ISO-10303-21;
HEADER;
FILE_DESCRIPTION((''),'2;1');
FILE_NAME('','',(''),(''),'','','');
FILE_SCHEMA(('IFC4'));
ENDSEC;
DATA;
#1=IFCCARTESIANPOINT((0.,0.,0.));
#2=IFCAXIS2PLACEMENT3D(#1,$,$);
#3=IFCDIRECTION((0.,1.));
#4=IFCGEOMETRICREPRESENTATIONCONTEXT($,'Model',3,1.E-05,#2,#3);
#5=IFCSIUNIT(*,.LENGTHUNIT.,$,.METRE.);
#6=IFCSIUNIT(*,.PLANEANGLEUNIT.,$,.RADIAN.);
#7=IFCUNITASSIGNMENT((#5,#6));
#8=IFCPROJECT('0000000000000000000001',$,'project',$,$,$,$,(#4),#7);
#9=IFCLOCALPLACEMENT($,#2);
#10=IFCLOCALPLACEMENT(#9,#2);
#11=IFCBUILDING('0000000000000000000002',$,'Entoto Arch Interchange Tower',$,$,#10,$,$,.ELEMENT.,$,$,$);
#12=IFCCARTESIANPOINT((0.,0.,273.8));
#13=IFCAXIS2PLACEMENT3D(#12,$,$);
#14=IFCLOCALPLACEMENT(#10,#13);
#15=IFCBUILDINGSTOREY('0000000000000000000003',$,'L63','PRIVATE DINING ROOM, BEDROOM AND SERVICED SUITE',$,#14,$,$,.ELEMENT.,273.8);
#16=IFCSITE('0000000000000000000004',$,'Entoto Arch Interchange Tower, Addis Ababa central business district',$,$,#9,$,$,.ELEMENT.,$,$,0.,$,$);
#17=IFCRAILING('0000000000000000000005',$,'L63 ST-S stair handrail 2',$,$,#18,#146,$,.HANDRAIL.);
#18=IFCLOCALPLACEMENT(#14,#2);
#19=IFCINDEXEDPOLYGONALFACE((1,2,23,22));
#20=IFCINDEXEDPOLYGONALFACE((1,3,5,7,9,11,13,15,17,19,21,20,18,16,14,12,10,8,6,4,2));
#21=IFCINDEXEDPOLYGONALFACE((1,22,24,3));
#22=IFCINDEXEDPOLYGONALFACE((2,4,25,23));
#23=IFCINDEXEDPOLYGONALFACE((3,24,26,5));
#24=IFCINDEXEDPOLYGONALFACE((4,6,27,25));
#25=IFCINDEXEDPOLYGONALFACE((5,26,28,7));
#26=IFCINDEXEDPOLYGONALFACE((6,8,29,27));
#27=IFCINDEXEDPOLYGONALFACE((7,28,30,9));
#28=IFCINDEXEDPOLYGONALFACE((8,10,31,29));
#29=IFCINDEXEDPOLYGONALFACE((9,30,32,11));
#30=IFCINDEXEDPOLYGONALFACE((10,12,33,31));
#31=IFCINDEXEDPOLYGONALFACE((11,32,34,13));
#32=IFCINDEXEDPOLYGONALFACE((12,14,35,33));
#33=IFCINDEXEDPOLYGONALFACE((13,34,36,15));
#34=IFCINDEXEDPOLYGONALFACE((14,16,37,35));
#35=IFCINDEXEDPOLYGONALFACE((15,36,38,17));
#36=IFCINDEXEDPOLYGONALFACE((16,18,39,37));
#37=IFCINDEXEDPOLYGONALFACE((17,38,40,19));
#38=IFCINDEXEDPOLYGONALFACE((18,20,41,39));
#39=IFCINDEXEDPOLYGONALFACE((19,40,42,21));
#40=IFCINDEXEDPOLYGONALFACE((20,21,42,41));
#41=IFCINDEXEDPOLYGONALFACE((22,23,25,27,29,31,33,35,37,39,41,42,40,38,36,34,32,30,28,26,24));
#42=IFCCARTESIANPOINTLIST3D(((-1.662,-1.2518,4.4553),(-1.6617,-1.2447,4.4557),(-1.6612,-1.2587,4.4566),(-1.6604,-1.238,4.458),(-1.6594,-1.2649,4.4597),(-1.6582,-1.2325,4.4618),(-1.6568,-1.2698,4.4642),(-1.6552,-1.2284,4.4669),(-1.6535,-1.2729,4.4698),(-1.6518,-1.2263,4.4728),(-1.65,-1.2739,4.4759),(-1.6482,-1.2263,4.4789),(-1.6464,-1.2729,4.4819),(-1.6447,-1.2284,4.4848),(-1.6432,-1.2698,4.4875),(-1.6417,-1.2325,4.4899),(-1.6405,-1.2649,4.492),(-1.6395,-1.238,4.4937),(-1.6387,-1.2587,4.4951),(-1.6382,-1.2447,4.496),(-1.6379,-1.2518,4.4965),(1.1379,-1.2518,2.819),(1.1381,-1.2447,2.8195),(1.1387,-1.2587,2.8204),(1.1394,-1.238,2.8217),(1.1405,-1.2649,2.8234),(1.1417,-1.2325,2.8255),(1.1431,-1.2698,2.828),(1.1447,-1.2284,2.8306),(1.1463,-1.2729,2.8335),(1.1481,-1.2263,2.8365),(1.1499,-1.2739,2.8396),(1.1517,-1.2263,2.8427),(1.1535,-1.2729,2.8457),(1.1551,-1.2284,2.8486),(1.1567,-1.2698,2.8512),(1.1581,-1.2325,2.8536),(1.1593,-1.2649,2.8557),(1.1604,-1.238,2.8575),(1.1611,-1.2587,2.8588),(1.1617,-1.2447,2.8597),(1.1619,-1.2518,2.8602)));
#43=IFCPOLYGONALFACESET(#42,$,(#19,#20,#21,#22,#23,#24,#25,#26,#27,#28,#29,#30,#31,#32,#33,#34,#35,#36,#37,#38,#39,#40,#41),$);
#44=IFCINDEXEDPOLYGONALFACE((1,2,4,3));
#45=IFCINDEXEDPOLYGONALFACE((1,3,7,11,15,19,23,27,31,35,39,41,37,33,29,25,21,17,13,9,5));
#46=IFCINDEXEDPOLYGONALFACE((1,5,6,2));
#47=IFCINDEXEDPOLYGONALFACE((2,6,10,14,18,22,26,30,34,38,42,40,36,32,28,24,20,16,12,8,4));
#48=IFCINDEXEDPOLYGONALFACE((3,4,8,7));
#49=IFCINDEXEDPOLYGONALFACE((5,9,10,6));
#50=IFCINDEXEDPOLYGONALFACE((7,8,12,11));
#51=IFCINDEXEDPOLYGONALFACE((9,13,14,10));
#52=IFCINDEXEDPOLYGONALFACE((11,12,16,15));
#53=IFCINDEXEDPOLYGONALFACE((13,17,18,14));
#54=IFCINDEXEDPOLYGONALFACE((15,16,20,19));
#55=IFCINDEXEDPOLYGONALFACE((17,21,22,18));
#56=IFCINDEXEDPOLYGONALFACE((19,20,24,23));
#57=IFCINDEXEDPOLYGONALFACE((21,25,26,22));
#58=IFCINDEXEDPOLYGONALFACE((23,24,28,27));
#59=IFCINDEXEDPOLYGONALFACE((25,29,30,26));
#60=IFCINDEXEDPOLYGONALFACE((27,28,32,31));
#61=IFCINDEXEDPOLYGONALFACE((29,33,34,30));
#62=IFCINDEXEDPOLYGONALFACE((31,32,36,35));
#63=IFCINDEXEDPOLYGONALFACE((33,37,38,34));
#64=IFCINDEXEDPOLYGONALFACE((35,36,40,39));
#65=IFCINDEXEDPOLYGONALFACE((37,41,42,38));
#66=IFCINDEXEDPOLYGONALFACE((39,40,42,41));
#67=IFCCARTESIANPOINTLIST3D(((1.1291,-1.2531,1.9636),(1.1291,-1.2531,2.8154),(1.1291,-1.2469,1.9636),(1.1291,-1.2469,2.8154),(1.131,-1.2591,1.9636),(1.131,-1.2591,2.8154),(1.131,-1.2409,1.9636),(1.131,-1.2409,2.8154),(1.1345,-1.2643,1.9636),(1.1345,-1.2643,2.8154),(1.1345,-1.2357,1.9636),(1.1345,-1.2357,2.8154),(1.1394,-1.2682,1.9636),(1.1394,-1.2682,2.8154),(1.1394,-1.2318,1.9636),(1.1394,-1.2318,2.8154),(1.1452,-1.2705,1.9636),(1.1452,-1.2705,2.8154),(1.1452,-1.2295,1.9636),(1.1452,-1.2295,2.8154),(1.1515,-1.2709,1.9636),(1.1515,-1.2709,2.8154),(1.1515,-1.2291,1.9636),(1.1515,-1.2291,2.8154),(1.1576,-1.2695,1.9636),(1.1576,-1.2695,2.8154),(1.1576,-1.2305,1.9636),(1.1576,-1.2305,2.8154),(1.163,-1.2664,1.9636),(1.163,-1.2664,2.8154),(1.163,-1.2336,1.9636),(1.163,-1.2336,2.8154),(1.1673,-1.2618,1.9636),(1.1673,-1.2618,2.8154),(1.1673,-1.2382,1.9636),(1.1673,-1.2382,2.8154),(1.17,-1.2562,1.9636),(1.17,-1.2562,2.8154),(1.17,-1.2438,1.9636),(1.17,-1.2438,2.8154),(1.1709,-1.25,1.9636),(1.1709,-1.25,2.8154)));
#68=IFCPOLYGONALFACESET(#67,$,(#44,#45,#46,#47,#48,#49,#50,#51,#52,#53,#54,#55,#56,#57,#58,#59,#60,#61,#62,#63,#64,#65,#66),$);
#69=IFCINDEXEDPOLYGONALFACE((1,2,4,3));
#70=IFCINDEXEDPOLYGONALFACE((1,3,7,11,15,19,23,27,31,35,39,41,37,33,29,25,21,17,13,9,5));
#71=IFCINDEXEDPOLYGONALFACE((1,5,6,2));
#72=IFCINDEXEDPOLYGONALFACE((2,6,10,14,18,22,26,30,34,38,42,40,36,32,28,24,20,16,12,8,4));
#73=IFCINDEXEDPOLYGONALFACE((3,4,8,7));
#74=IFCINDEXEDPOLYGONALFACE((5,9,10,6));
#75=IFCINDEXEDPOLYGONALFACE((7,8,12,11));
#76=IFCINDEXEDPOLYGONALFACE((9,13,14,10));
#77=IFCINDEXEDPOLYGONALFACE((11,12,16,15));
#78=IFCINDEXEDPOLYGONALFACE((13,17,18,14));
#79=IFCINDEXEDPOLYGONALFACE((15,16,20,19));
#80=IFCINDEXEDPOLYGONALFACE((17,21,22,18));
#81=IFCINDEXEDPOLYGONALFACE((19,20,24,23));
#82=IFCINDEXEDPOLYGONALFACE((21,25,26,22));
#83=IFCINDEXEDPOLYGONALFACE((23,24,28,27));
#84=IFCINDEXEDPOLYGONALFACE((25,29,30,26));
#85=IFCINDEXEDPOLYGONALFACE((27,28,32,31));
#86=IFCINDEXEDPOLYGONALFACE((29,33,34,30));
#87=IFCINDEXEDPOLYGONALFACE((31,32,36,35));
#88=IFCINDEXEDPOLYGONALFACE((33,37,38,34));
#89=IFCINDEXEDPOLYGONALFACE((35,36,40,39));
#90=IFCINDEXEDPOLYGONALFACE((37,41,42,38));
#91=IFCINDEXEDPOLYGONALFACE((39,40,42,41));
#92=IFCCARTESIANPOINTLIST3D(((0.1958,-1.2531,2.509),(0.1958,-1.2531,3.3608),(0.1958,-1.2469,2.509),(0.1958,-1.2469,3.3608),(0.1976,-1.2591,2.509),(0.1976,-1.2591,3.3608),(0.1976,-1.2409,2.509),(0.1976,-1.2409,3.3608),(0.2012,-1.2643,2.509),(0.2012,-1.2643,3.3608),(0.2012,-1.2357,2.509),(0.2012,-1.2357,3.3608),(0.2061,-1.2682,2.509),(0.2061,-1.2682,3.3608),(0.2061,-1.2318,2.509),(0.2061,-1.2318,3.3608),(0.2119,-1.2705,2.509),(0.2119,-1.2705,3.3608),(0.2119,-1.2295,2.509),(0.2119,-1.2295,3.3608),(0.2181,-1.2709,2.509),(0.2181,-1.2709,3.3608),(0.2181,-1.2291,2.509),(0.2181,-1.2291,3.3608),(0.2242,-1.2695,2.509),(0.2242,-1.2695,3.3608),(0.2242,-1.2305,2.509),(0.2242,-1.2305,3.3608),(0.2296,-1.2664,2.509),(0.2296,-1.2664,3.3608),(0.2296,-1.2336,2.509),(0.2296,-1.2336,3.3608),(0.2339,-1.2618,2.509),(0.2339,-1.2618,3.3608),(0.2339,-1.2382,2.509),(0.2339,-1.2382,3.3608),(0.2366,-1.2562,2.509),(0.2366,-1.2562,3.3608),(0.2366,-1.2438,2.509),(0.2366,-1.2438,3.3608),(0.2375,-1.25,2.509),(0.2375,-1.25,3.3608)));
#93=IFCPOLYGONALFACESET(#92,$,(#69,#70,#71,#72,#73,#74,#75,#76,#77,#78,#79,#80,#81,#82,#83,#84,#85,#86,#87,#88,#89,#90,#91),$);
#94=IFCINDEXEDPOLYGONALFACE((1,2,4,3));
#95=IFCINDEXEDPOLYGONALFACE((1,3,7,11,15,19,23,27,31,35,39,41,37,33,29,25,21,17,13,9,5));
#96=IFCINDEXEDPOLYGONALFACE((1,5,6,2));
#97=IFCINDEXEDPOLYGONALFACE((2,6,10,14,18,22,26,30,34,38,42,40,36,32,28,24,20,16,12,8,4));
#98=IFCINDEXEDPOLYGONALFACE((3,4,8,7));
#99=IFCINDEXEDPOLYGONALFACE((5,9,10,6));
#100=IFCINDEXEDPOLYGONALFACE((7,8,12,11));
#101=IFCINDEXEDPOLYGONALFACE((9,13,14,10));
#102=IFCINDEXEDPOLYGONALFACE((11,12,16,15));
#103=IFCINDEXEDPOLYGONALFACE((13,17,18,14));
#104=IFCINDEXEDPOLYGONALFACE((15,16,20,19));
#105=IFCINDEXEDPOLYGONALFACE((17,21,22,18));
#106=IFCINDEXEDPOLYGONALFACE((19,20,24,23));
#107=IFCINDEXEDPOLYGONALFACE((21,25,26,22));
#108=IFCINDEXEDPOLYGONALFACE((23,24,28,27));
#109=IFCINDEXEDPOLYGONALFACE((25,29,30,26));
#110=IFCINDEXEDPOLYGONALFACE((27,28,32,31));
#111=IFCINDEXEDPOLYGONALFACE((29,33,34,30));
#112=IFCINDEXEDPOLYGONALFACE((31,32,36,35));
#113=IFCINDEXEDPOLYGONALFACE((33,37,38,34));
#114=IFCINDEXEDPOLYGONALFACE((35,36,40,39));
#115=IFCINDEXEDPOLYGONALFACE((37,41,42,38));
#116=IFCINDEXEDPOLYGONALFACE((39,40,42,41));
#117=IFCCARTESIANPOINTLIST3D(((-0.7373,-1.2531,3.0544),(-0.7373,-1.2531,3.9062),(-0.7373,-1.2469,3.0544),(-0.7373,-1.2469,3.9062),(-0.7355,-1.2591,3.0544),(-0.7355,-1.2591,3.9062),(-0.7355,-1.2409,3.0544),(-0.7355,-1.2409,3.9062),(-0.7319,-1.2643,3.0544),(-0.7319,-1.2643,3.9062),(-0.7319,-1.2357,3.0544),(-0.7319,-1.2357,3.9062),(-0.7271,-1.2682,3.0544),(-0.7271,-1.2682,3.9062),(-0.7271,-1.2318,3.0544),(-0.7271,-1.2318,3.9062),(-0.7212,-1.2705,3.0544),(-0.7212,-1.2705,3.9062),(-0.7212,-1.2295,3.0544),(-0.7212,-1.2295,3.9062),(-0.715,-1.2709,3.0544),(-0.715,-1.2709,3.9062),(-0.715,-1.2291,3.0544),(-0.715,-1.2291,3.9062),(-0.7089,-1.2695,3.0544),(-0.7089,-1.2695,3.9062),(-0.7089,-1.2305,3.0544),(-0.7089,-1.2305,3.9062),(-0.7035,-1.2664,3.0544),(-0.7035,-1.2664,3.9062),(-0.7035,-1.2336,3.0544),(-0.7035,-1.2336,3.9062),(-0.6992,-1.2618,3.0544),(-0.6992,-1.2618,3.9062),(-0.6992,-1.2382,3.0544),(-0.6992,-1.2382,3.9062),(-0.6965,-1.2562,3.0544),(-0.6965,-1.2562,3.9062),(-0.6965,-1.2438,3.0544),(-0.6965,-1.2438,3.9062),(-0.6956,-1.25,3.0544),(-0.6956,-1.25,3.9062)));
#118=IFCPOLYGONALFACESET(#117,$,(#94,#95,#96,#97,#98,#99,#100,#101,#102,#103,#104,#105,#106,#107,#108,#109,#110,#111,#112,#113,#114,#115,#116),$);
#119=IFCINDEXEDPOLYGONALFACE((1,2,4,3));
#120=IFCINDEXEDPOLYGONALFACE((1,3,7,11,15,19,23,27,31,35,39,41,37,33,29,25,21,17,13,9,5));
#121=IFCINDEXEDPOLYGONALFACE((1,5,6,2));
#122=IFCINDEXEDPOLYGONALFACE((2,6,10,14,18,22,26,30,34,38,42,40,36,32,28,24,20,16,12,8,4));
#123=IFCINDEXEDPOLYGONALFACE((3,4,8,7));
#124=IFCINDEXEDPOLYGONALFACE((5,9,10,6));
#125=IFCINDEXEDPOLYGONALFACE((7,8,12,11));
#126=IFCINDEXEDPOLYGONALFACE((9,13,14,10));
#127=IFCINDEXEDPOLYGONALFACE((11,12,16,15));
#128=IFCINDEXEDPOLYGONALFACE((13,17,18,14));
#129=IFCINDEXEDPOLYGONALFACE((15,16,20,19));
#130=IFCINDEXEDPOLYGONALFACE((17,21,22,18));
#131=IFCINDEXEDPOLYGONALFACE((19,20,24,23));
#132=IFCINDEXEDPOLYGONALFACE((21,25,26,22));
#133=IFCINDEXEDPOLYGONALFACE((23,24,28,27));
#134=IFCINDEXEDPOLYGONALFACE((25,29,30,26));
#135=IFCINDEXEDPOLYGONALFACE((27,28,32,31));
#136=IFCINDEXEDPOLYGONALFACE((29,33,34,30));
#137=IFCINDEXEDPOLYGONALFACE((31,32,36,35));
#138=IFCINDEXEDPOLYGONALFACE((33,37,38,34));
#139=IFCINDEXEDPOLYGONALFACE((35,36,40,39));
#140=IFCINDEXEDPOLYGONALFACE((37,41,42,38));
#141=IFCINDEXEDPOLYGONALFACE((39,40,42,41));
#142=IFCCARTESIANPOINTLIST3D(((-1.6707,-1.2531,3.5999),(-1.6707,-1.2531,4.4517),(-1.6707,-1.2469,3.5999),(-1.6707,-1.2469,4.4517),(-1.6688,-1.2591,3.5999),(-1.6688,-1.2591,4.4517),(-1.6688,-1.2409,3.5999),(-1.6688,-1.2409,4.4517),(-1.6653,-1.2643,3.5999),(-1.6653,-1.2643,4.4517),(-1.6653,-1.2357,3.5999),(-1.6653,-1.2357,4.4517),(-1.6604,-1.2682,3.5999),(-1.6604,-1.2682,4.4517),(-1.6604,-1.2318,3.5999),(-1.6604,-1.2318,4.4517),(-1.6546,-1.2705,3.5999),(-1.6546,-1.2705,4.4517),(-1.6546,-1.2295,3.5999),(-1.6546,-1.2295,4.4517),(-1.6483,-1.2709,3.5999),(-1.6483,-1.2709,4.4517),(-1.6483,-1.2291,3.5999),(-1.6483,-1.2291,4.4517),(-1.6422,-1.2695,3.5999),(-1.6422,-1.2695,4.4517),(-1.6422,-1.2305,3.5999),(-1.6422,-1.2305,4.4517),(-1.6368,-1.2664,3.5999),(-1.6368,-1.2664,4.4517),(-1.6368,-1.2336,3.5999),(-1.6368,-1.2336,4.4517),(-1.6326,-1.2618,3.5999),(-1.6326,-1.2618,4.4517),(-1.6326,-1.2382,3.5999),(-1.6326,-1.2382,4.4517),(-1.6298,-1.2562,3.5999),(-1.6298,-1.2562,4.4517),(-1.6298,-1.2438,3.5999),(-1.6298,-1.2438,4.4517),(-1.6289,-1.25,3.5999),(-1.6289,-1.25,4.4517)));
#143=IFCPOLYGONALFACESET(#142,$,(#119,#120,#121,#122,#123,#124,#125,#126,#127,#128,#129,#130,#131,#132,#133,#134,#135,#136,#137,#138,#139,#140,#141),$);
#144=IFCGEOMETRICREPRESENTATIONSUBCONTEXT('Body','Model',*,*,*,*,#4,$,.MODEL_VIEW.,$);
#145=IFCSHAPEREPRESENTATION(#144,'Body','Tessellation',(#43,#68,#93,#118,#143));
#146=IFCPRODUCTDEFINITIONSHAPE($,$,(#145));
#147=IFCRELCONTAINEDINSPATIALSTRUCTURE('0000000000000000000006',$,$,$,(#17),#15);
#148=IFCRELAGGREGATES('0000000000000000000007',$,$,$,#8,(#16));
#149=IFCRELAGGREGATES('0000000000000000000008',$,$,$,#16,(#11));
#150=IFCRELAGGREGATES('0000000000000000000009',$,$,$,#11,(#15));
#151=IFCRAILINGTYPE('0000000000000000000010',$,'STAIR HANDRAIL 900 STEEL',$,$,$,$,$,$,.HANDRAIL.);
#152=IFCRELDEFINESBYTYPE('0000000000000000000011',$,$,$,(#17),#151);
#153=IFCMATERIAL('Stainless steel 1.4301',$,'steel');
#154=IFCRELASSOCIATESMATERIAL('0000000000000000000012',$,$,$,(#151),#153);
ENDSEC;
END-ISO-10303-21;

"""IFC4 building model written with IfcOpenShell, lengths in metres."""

from ifc_helpers import new_model, si_unit, direction, frame, origin, origin_2d, place, context, subcontext, project, spatial, circle, extrude, material, type_object, element, save


model = new_model("IFC4")

# Units and contexts
model_context = context("Model", 3, precision=1e-05, world=origin(), true_north=direction((0.0, 1.0)))
body_context = subcontext(model_context, "Body", "Model", "MODEL_VIEW")
ifc_project = project(units=[si_unit("LENGTHUNIT", "METRE"), si_unit("PLANEANGLEUNIT", "RADIAN")], contexts=[model_context])

# Site, building, storey
site_placement = place(None, origin())
site = spatial("IfcSite", under=ifc_project, at=site_placement, Name="Entoto Arch Interchange Tower, Addis Ababa central business district", CompositionType="ELEMENT", RefElevation=0.0)
building_placement = place(site_placement, origin())
building = spatial("IfcBuilding", under=site, at=building_placement, Name="Entoto Arch Interchange Tower", CompositionType="ELEMENT")
storey_placement = place(building_placement, frame((0.0, 0.0, 273.8)))
storey = spatial("IfcBuildingStorey", under=building, at=storey_placement, Name="L63", Description="PRIVATE DINING ROOM, BEDROOM AND SERVICED SUITE", CompositionType="ELEMENT", Elevation=273.8)

# Railing
ifc_material_1 = material(Name="Stainless steel 1.4301", Category="steel")
railing_type_1 = type_object("IfcRailingType", Name="STAIR HANDRAIL 900 STEEL", PredefinedType="HANDRAIL", material=ifc_material_1)
railing_1_placement = place(storey_placement, frame((1.1499, -1.25, 1.9636)))
element("IfcRailing", 1, at=railing_1_placement, inside=storey, type_object=railing_type_1, Name="L63 ST-S stair handrail 2", PredefinedType="HANDRAIL", context=body_context, shape_type="SweptSolid", body=[
    extrude(circle(Radius=0.0239, at=origin_2d()), frame((0.0, 0.0, 0.876), z_axis=(-0.863374, 0.0, 0.504564), x_axis=(0.0, -1.0, 0.0)), (0.0, 0.0, 1.0), 3.2429),
    extrude(circle(Radius=0.021, at=origin_2d()), origin(), (0.0, 0.0, 1.0), 0.8518),
    extrude(circle(Radius=0.021, at=origin_2d()), frame((-0.9333, 0.0, 0.5454)), (0.0, 0.0, 1.0), 0.8518),
    extrude(circle(Radius=0.021, at=origin_2d()), frame((-1.8665, 0.0, 1.0908)), (0.0, 0.0, 1.0), 0.8518),
    extrude(circle(Radius=0.021, at=origin_2d()), frame((-2.7998, 0.0, 1.6362)), (0.0, 0.0, 1.0), 0.8518),
])

save(model, "model.ifc")
